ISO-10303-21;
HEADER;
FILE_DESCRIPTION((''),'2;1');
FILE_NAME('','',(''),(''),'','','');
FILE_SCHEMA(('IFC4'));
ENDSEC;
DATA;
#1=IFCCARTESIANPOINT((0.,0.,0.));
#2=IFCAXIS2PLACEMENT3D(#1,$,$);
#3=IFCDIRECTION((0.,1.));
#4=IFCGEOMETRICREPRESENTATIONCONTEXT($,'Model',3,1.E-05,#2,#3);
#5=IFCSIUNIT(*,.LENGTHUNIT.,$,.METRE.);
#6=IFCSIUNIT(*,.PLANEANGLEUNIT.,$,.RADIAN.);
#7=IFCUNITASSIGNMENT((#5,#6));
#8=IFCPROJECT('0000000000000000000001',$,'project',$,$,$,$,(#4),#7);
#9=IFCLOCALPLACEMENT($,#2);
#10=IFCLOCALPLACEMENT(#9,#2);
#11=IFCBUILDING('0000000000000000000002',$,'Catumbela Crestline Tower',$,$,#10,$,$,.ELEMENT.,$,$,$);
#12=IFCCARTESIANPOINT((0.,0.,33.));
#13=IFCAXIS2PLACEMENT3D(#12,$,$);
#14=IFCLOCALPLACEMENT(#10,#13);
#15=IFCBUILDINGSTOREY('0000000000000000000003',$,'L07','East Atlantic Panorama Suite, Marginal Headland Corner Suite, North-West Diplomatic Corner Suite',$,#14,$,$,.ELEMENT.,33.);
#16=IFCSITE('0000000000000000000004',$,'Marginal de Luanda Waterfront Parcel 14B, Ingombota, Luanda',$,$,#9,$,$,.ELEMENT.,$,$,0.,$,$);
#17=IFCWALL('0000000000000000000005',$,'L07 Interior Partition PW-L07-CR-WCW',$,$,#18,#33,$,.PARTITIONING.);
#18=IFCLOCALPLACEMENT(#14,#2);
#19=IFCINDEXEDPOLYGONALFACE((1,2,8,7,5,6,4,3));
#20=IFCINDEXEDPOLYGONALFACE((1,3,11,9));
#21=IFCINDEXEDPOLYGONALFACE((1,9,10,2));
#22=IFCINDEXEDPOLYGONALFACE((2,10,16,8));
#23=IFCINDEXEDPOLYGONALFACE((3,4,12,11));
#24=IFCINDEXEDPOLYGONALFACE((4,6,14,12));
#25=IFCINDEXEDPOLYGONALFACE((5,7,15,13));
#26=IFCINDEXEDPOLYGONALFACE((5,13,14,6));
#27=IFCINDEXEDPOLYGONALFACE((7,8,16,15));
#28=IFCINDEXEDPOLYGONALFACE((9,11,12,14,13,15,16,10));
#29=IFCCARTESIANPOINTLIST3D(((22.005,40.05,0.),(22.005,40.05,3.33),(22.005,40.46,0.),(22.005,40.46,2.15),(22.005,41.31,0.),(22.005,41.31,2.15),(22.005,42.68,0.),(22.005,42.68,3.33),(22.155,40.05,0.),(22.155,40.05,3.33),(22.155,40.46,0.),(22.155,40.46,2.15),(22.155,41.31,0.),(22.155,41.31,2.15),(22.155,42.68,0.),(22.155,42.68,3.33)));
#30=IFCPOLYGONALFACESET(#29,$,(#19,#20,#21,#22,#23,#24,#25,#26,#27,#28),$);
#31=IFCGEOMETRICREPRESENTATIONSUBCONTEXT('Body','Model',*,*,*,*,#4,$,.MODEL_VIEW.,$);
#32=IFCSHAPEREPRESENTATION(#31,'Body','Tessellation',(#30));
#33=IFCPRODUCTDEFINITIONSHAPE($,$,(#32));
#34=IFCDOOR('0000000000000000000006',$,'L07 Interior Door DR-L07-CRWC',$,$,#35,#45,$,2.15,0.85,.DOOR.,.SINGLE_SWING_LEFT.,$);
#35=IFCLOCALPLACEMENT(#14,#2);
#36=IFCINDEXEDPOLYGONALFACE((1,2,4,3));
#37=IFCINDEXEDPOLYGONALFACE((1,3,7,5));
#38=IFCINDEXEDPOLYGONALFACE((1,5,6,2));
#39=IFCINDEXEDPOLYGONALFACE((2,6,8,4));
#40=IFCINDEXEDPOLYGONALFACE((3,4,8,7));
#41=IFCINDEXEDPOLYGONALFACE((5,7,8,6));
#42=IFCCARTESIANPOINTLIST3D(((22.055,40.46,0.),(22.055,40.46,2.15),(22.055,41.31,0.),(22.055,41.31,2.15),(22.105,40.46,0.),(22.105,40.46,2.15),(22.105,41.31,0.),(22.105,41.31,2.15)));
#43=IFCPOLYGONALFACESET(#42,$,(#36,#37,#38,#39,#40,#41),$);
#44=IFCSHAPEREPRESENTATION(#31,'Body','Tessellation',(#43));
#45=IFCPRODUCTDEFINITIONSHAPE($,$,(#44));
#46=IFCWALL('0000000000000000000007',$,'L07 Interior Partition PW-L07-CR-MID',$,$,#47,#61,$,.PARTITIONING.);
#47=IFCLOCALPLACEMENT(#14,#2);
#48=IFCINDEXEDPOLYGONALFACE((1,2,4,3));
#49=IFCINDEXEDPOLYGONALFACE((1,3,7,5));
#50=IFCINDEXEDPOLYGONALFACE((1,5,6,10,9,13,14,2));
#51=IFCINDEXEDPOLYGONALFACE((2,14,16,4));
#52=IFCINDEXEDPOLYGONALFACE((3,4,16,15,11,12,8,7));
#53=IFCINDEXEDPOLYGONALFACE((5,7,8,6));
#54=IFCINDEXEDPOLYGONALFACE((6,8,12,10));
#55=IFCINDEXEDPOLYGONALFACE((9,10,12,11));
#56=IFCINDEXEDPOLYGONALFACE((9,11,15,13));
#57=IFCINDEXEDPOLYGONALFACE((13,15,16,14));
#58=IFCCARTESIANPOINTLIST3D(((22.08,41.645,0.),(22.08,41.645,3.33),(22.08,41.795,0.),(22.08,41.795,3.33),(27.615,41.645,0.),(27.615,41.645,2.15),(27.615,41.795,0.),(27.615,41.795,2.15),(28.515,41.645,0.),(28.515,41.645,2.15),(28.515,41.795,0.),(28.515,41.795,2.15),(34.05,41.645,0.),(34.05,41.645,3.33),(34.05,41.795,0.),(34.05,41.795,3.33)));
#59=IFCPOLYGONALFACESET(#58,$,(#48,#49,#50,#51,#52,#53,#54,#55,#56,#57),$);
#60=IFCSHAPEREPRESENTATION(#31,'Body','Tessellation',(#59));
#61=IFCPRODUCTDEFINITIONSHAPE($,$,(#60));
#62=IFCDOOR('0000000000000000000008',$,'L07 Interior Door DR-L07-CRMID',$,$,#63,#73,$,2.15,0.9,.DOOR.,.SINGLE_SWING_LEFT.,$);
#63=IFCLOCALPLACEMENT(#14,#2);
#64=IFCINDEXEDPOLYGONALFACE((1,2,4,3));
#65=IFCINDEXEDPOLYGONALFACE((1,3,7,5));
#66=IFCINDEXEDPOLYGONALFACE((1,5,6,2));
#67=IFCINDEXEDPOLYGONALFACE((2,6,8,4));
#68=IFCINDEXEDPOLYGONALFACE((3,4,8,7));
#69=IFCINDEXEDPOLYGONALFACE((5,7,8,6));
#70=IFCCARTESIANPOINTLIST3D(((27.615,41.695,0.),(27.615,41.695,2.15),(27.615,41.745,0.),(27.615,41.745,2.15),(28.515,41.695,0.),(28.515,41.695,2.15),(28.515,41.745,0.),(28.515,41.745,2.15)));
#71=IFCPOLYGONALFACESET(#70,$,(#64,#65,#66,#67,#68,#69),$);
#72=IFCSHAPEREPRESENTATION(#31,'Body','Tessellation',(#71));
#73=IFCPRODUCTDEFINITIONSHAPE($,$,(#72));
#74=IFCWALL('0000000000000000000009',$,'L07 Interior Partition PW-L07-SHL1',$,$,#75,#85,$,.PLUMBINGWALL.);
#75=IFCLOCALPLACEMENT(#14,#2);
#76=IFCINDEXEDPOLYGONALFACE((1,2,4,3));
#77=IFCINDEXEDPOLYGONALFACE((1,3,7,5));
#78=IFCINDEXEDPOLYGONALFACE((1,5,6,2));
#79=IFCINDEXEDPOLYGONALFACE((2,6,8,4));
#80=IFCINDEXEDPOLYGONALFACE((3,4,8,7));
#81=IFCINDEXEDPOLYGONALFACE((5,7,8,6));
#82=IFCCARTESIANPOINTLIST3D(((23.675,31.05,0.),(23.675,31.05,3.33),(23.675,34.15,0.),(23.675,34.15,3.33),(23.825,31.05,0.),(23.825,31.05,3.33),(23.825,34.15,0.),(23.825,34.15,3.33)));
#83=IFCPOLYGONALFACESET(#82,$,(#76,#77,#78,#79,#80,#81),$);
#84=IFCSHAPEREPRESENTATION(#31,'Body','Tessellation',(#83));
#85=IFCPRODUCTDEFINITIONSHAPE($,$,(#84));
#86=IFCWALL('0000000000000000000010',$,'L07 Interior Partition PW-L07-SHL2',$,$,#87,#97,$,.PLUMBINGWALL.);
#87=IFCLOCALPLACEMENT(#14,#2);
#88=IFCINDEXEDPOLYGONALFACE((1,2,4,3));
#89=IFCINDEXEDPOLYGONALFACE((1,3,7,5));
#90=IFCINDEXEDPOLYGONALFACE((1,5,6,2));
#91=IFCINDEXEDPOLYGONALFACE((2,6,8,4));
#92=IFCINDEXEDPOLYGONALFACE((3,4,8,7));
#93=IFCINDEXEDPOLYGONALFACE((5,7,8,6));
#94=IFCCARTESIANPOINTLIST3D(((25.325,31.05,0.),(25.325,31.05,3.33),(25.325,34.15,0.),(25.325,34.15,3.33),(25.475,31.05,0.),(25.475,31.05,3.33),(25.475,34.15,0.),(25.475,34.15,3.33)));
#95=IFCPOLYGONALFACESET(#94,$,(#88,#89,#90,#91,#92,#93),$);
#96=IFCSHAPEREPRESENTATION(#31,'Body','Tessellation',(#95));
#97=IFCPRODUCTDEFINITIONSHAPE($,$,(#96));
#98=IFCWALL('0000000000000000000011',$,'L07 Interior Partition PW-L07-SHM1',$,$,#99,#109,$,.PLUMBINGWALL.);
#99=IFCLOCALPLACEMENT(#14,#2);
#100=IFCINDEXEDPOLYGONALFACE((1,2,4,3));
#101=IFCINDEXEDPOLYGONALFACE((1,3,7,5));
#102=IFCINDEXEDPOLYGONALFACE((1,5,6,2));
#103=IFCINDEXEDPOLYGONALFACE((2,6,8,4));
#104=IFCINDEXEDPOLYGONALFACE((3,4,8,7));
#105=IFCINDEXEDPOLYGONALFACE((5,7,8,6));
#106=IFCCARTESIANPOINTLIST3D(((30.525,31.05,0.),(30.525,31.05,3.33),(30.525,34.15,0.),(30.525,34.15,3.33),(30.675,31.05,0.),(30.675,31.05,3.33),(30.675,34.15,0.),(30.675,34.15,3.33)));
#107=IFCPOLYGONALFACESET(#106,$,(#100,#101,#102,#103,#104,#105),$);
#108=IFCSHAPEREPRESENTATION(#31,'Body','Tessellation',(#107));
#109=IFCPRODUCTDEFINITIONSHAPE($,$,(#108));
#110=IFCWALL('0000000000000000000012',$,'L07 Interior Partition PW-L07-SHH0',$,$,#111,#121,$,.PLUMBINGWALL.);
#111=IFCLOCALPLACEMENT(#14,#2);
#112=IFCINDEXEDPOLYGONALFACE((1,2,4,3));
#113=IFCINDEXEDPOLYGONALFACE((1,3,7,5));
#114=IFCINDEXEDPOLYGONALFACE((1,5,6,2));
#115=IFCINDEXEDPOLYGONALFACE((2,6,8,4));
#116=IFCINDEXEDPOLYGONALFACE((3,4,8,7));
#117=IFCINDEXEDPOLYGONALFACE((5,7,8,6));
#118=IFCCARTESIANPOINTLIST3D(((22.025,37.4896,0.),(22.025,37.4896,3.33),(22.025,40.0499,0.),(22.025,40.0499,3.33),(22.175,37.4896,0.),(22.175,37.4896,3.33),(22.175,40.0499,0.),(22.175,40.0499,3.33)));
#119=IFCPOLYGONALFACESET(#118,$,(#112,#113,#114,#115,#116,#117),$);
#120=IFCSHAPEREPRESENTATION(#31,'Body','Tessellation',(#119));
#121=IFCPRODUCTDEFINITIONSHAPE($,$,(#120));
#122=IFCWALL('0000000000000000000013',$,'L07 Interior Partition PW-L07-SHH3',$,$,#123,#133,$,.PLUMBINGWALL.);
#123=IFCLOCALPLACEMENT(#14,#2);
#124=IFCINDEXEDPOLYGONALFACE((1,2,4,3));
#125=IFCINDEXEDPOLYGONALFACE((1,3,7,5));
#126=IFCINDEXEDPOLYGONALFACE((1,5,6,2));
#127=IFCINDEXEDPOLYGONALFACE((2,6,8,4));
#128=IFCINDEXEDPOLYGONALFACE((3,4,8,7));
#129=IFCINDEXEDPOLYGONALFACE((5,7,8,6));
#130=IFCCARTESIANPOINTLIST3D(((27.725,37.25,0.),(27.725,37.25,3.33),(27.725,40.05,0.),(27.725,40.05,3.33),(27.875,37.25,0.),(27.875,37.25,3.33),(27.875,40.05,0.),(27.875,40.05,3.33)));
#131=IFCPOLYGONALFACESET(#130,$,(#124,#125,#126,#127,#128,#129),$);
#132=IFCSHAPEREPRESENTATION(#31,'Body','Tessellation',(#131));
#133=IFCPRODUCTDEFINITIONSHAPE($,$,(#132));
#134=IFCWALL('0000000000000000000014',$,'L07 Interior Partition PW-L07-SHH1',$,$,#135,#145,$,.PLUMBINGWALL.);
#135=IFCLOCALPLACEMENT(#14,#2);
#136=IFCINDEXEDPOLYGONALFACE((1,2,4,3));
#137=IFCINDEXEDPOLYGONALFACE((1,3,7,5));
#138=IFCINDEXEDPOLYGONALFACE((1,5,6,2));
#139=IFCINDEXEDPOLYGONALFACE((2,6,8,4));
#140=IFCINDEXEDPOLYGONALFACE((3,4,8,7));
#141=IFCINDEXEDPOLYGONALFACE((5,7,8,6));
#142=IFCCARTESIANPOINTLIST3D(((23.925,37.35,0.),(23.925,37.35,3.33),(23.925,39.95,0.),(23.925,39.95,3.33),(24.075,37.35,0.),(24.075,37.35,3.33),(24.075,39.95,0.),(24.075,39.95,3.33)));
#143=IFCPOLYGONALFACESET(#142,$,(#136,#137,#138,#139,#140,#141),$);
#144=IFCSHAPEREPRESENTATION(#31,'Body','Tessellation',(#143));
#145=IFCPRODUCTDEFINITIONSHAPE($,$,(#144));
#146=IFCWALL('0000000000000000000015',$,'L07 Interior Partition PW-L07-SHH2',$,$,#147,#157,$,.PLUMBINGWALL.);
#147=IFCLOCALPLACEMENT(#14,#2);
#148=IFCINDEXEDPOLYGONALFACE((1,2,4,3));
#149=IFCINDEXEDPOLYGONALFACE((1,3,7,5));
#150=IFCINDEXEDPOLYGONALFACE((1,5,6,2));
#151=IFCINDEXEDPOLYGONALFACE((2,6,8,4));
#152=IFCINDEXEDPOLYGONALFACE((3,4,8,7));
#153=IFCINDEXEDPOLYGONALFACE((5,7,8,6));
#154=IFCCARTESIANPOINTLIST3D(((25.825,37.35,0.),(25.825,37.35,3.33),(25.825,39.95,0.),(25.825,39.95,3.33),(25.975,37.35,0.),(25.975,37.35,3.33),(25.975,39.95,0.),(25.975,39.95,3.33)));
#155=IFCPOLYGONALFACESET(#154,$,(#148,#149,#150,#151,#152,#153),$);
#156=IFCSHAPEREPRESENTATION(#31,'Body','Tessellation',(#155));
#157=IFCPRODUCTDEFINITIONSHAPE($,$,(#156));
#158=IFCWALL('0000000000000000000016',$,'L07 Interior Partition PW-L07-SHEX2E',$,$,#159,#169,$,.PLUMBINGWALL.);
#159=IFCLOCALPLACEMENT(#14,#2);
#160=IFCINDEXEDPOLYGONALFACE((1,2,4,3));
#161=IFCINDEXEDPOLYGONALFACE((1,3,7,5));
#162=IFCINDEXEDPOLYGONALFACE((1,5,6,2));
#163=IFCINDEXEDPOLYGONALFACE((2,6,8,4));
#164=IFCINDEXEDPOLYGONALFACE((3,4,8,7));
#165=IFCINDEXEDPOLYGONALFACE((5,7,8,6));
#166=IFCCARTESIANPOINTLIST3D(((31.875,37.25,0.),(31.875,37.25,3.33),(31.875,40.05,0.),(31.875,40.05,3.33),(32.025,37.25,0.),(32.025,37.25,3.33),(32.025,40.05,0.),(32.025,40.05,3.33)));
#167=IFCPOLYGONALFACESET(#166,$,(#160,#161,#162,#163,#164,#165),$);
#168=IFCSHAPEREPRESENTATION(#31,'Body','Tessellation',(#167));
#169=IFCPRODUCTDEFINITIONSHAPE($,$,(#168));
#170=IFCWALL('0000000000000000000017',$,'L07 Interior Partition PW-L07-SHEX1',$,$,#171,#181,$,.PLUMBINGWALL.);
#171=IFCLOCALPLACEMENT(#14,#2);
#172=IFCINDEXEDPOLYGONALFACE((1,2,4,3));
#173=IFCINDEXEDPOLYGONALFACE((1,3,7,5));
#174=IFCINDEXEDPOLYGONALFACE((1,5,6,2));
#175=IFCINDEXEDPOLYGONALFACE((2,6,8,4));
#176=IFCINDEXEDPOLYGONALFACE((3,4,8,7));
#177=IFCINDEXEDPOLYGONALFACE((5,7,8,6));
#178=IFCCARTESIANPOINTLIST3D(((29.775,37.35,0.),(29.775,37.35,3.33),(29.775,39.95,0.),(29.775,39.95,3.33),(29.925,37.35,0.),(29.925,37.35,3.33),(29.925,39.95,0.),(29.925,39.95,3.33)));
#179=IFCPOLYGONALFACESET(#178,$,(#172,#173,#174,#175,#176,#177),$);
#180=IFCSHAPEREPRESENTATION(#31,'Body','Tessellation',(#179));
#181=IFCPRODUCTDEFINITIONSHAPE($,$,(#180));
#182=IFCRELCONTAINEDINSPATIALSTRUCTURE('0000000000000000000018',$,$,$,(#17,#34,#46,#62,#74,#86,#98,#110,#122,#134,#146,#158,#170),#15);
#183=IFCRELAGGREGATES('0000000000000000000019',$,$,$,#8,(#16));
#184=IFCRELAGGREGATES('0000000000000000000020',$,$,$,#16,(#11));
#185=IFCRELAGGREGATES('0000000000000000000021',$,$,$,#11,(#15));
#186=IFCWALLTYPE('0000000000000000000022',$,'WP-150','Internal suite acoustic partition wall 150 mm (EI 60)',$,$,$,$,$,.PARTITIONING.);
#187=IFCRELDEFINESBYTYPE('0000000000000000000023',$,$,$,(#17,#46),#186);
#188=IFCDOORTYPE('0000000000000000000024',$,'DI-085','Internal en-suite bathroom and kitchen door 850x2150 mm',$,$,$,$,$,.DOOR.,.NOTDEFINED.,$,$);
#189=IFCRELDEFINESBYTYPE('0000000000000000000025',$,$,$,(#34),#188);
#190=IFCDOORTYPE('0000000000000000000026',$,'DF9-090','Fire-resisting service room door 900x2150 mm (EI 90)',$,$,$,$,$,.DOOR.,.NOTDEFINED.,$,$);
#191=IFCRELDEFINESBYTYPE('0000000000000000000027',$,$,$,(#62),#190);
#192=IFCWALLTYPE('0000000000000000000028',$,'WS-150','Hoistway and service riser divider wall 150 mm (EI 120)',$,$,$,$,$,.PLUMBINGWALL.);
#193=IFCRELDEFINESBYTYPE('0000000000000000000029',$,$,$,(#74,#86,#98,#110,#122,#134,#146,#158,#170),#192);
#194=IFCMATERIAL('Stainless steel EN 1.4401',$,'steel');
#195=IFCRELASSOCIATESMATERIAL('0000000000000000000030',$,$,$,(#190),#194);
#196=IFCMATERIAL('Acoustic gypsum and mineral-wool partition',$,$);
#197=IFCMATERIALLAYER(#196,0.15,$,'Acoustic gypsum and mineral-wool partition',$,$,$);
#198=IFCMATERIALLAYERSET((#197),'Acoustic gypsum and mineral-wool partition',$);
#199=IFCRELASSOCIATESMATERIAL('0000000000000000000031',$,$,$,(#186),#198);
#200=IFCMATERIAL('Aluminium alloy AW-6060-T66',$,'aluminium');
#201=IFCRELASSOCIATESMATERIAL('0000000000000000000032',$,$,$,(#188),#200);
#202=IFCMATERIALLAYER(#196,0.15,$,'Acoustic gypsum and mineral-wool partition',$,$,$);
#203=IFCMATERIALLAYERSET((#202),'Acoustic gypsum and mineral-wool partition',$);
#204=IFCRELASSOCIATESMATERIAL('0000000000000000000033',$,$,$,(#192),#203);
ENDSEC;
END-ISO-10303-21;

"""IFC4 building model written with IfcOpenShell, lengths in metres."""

from ifc_helpers import new_model, si_unit, direction, frame, frame_2d, origin, place, context, subcontext, project, spatial, rectangle, extrude, material, layer, layer_set, type_object, element, fill, save


model = new_model("IFC4")

# Units and contexts
model_context = context("Model", 3, precision=1e-05, world=origin(), true_north=direction((0.0, 1.0)))
body_context = subcontext(model_context, "Body", "Model", "MODEL_VIEW")
ifc_project = project(units=[si_unit("LENGTHUNIT", "METRE"), si_unit("PLANEANGLEUNIT", "RADIAN")], contexts=[model_context])

# Site, building, storey
site_placement = place(None, origin())
site = spatial("IfcSite", under=ifc_project, at=site_placement, Name="Marginal de Luanda Waterfront Parcel 14B, Ingombota, Luanda", CompositionType="ELEMENT", RefElevation=0.0)
building_placement = place(site_placement, origin())
building = spatial("IfcBuilding", under=site, at=building_placement, Name="Catumbela Crestline Tower", CompositionType="ELEMENT")
storey_placement = place(building_placement, frame((0.0, 0.0, 33.0)))
storey = spatial("IfcBuildingStorey", under=building, at=storey_placement, Name="L07", Description="East Atlantic Panorama Suite, Marginal Headland Corner Suite, North-West Diplomatic Corner Suite", CompositionType="ELEMENT", Elevation=33.0)

# Shared definitions
ifc_material_1 = material(Name="Aluminium alloy AW-6060-T66", Category="aluminium")

# Shared definitions
ifc_material_2 = material(Name="Stainless steel EN 1.4401", Category="steel")

# Shared definitions
door_type_1 = type_object("IfcDoorType", Name="DF9-090", Description="Fire-resisting service room door 900x2150 mm (EI 90)", OperationType="NOTDEFINED", PredefinedType="DOOR", material=ifc_material_2)

# Walls, openings, doors
ifc_material_3 = material(Name="Acoustic gypsum and mineral-wool partition")
ifc_layer_1 = layer(ifc_material_3, 0.15, Name="Acoustic gypsum and mineral-wool partition")
ifc_layer_set_1 = layer_set([ifc_layer_1], Name="Acoustic gypsum and mineral-wool partition")
wall_type_1 = type_object("IfcWallType", Name="WP-150", Description="Internal suite acoustic partition wall 150 mm (EI 60)", PredefinedType="PARTITIONING", material=ifc_layer_set_1)
wall_1_placement = place(storey_placement, frame((22.08, 40.05, 0.0), z_axis=(0.0, 0.0, 1.0), x_axis=(0.0, 1.0, 0.0)))
wall_1 = element("IfcWall", 1, at=wall_1_placement, inside=storey, type_object=wall_type_1, Name="L07 Interior Partition PW-L07-CR-WCW", PredefinedType="PARTITIONING", context=body_context, shape_type="SweptSolid", body=[
    extrude(rectangle(XDim=2.63, YDim=0.15, at=frame_2d((1.315, 0.0))), origin(), (0.0, 0.0, 1.0), 3.33),
])
opening_1_placement = place(wall_1_placement, frame((0.41, 0.0, 0.0)))
opening_1 = element("IfcOpeningElement", 2, at=opening_1_placement, cuts=wall_1, PredefinedType="OPENING", context=body_context, shape_type="SweptSolid", body=[
    extrude(rectangle(XDim=0.85, YDim=2.15, at=frame_2d((0.425, 1.075))), frame((0.0, 0.085, 0.0), z_axis=(0.0, -1.0, 0.0), x_axis=(1.0, 0.0, 0.0)), (0.0, 0.0, 1.0), 0.17),
])
door_type_2 = type_object("IfcDoorType", Name="DI-085", Description="Internal en-suite bathroom and kitchen door 850x2150 mm", OperationType="NOTDEFINED", PredefinedType="DOOR", material=ifc_material_1)
door_1_placement = place(opening_1_placement, origin())
door_1 = element("IfcDoor", 3, at=door_1_placement, inside=storey, type_object=door_type_2, Name="L07 Interior Door DR-L07-CRWC", OperationType="SINGLE_SWING_LEFT", OverallHeight=2.15, OverallWidth=0.85, PredefinedType="DOOR", context=body_context, shape_type="SweptSolid", body=[
    extrude(rectangle(XDim=0.85, YDim=2.15, at=frame_2d((0.425, 1.075))), frame((0.0, 0.025, 0.0), z_axis=(0.0, -1.0, 0.0), x_axis=(1.0, 0.0, 0.0)), (0.0, 0.0, 1.0), 0.05),
])
fill(opening_1, door_1)
wall_2_placement = place(storey_placement, frame((22.08, 41.72, 0.0), z_axis=(0.0, 0.0, 1.0), x_axis=(1.0, 0.0, 0.0)))
wall_2 = element("IfcWall", 4, at=wall_2_placement, inside=storey, type_object=wall_type_1, Name="L07 Interior Partition PW-L07-CR-MID", PredefinedType="PARTITIONING", context=body_context, shape_type="SweptSolid", body=[
    extrude(rectangle(XDim=11.97, YDim=0.15, at=frame_2d((5.985, 0.0))), origin(), (0.0, 0.0, 1.0), 3.33),
])
opening_2_placement = place(wall_2_placement, frame((5.535, 0.0, 0.0)))
opening_2 = element("IfcOpeningElement", 5, at=opening_2_placement, cuts=wall_2, PredefinedType="OPENING", context=body_context, shape_type="SweptSolid", body=[
    extrude(rectangle(XDim=0.9, YDim=2.15, at=frame_2d((0.45, 1.075))), frame((0.0, 0.085, 0.0), z_axis=(0.0, -1.0, 0.0), x_axis=(1.0, 0.0, 0.0)), (0.0, 0.0, 1.0), 0.17),
])
door_2_placement = place(opening_2_placement, origin())
door_2 = element("IfcDoor", 6, at=door_2_placement, inside=storey, type_object=door_type_1, Name="L07 Interior Door DR-L07-CRMID", OperationType="SINGLE_SWING_LEFT", OverallHeight=2.15, OverallWidth=0.9, PredefinedType="DOOR", context=body_context, shape_type="SweptSolid", body=[
    extrude(rectangle(XDim=0.9, YDim=2.15, at=frame_2d((0.45, 1.075))), frame((0.0, 0.025, 0.0), z_axis=(0.0, -1.0, 0.0), x_axis=(1.0, 0.0, 0.0)), (0.0, 0.0, 1.0), 0.05),
])
fill(opening_2, door_2)

# Walls
ifc_layer_2 = layer(ifc_material_3, 0.15, Name="Acoustic gypsum and mineral-wool partition")
ifc_layer_set_2 = layer_set([ifc_layer_2], Name="Acoustic gypsum and mineral-wool partition")
wall_type_2 = type_object("IfcWallType", Name="WS-150", Description="Hoistway and service riser divider wall 150 mm (EI 120)", PredefinedType="PLUMBINGWALL", material=ifc_layer_set_2)
for number, where, z_axis, x_axis, name in (
    (7, (23.75, 31.05, 0.0), (0.0, 0.0, 1.0), (0.0, 1.0, 0.0), "L07 Interior Partition PW-L07-SHL1"),
    (8, (25.4, 31.05, 0.0), (0.0, 0.0, 1.0), (0.0, 1.0, 0.0), "L07 Interior Partition PW-L07-SHL2"),
    (9, (30.6, 31.05, 0.0), (0.0, 0.0, 1.0), (0.0, 1.0, 0.0), "L07 Interior Partition PW-L07-SHM1"),
):
    element("IfcWall", number, at=place(storey_placement, frame(where, z_axis=z_axis, x_axis=x_axis)), inside=storey, type_object=wall_type_2, Name=name, PredefinedType="PLUMBINGWALL", context=body_context, shape_type="SweptSolid", body=[
        extrude(rectangle(XDim=3.1, YDim=0.15, at=frame_2d((1.55, 0.0))), origin(), (0.0, 0.0, 1.0), 3.33),
    ])
wall_3_placement = place(storey_placement, frame((22.1, 37.4897, 0.0), z_axis=(0.0, 0.0, 1.0), x_axis=(0.0, 1.0, 0.0)))
element("IfcWall", 10, at=wall_3_placement, inside=storey, type_object=wall_type_2, Name="L07 Interior Partition PW-L07-SHH0", PredefinedType="PLUMBINGWALL", context=body_context, shape_type="SweptSolid", body=[
    extrude(rectangle(XDim=2.5603, YDim=0.15, at=frame_2d((1.2801, 0.0))), origin(), (0.0, 0.0, 1.0), 3.33),
])
wall_4_placement = place(storey_placement, frame((27.8, 37.25, 0.0), z_axis=(0.0, 0.0, 1.0), x_axis=(0.0, 1.0, 0.0)))
element("IfcWall", 11, at=wall_4_placement, inside=storey, type_object=wall_type_2, Name="L07 Interior Partition PW-L07-SHH3", PredefinedType="PLUMBINGWALL", context=body_context, shape_type="SweptSolid", body=[
    extrude(rectangle(XDim=2.8, YDim=0.15, at=frame_2d((1.4, 0.0))), origin(), (0.0, 0.0, 1.0), 3.33),
])
for number, where, z_axis, x_axis, name in (
    (12, (24.0, 37.35, 0.0), (0.0, 0.0, 1.0), (0.0, 1.0, 0.0), "L07 Interior Partition PW-L07-SHH1"),
    (13, (25.9, 37.35, 0.0), (0.0, 0.0, 1.0), (0.0, 1.0, 0.0), "L07 Interior Partition PW-L07-SHH2"),
):
    element("IfcWall", number, at=place(storey_placement, frame(where, z_axis=z_axis, x_axis=x_axis)), inside=storey, type_object=wall_type_2, Name=name, PredefinedType="PLUMBINGWALL", context=body_context, shape_type="SweptSolid", body=[
        extrude(rectangle(XDim=2.6, YDim=0.15, at=frame_2d((1.3, 0.0))), origin(), (0.0, 0.0, 1.0), 3.33),
    ])
wall_5_placement = place(storey_placement, frame((31.95, 37.25, 0.0), z_axis=(0.0, 0.0, 1.0), x_axis=(0.0, 1.0, 0.0)))
element("IfcWall", 14, at=wall_5_placement, inside=storey, type_object=wall_type_2, Name="L07 Interior Partition PW-L07-SHEX2E", PredefinedType="PLUMBINGWALL", context=body_context, shape_type="SweptSolid", body=[
    extrude(rectangle(XDim=2.8, YDim=0.15, at=frame_2d((1.4, 0.0))), origin(), (0.0, 0.0, 1.0), 3.33),
])
wall_6_placement = place(storey_placement, frame((29.85, 37.35, 0.0), z_axis=(0.0, 0.0, 1.0), x_axis=(0.0, 1.0, 0.0)))
element("IfcWall", 15, at=wall_6_placement, inside=storey, type_object=wall_type_2, Name="L07 Interior Partition PW-L07-SHEX1", PredefinedType="PLUMBINGWALL", context=body_context, shape_type="SweptSolid", body=[
    extrude(rectangle(XDim=2.6, YDim=0.15, at=frame_2d((1.3, 0.0))), origin(), (0.0, 0.0, 1.0), 3.33),
])

save(model, "model.ifc")
